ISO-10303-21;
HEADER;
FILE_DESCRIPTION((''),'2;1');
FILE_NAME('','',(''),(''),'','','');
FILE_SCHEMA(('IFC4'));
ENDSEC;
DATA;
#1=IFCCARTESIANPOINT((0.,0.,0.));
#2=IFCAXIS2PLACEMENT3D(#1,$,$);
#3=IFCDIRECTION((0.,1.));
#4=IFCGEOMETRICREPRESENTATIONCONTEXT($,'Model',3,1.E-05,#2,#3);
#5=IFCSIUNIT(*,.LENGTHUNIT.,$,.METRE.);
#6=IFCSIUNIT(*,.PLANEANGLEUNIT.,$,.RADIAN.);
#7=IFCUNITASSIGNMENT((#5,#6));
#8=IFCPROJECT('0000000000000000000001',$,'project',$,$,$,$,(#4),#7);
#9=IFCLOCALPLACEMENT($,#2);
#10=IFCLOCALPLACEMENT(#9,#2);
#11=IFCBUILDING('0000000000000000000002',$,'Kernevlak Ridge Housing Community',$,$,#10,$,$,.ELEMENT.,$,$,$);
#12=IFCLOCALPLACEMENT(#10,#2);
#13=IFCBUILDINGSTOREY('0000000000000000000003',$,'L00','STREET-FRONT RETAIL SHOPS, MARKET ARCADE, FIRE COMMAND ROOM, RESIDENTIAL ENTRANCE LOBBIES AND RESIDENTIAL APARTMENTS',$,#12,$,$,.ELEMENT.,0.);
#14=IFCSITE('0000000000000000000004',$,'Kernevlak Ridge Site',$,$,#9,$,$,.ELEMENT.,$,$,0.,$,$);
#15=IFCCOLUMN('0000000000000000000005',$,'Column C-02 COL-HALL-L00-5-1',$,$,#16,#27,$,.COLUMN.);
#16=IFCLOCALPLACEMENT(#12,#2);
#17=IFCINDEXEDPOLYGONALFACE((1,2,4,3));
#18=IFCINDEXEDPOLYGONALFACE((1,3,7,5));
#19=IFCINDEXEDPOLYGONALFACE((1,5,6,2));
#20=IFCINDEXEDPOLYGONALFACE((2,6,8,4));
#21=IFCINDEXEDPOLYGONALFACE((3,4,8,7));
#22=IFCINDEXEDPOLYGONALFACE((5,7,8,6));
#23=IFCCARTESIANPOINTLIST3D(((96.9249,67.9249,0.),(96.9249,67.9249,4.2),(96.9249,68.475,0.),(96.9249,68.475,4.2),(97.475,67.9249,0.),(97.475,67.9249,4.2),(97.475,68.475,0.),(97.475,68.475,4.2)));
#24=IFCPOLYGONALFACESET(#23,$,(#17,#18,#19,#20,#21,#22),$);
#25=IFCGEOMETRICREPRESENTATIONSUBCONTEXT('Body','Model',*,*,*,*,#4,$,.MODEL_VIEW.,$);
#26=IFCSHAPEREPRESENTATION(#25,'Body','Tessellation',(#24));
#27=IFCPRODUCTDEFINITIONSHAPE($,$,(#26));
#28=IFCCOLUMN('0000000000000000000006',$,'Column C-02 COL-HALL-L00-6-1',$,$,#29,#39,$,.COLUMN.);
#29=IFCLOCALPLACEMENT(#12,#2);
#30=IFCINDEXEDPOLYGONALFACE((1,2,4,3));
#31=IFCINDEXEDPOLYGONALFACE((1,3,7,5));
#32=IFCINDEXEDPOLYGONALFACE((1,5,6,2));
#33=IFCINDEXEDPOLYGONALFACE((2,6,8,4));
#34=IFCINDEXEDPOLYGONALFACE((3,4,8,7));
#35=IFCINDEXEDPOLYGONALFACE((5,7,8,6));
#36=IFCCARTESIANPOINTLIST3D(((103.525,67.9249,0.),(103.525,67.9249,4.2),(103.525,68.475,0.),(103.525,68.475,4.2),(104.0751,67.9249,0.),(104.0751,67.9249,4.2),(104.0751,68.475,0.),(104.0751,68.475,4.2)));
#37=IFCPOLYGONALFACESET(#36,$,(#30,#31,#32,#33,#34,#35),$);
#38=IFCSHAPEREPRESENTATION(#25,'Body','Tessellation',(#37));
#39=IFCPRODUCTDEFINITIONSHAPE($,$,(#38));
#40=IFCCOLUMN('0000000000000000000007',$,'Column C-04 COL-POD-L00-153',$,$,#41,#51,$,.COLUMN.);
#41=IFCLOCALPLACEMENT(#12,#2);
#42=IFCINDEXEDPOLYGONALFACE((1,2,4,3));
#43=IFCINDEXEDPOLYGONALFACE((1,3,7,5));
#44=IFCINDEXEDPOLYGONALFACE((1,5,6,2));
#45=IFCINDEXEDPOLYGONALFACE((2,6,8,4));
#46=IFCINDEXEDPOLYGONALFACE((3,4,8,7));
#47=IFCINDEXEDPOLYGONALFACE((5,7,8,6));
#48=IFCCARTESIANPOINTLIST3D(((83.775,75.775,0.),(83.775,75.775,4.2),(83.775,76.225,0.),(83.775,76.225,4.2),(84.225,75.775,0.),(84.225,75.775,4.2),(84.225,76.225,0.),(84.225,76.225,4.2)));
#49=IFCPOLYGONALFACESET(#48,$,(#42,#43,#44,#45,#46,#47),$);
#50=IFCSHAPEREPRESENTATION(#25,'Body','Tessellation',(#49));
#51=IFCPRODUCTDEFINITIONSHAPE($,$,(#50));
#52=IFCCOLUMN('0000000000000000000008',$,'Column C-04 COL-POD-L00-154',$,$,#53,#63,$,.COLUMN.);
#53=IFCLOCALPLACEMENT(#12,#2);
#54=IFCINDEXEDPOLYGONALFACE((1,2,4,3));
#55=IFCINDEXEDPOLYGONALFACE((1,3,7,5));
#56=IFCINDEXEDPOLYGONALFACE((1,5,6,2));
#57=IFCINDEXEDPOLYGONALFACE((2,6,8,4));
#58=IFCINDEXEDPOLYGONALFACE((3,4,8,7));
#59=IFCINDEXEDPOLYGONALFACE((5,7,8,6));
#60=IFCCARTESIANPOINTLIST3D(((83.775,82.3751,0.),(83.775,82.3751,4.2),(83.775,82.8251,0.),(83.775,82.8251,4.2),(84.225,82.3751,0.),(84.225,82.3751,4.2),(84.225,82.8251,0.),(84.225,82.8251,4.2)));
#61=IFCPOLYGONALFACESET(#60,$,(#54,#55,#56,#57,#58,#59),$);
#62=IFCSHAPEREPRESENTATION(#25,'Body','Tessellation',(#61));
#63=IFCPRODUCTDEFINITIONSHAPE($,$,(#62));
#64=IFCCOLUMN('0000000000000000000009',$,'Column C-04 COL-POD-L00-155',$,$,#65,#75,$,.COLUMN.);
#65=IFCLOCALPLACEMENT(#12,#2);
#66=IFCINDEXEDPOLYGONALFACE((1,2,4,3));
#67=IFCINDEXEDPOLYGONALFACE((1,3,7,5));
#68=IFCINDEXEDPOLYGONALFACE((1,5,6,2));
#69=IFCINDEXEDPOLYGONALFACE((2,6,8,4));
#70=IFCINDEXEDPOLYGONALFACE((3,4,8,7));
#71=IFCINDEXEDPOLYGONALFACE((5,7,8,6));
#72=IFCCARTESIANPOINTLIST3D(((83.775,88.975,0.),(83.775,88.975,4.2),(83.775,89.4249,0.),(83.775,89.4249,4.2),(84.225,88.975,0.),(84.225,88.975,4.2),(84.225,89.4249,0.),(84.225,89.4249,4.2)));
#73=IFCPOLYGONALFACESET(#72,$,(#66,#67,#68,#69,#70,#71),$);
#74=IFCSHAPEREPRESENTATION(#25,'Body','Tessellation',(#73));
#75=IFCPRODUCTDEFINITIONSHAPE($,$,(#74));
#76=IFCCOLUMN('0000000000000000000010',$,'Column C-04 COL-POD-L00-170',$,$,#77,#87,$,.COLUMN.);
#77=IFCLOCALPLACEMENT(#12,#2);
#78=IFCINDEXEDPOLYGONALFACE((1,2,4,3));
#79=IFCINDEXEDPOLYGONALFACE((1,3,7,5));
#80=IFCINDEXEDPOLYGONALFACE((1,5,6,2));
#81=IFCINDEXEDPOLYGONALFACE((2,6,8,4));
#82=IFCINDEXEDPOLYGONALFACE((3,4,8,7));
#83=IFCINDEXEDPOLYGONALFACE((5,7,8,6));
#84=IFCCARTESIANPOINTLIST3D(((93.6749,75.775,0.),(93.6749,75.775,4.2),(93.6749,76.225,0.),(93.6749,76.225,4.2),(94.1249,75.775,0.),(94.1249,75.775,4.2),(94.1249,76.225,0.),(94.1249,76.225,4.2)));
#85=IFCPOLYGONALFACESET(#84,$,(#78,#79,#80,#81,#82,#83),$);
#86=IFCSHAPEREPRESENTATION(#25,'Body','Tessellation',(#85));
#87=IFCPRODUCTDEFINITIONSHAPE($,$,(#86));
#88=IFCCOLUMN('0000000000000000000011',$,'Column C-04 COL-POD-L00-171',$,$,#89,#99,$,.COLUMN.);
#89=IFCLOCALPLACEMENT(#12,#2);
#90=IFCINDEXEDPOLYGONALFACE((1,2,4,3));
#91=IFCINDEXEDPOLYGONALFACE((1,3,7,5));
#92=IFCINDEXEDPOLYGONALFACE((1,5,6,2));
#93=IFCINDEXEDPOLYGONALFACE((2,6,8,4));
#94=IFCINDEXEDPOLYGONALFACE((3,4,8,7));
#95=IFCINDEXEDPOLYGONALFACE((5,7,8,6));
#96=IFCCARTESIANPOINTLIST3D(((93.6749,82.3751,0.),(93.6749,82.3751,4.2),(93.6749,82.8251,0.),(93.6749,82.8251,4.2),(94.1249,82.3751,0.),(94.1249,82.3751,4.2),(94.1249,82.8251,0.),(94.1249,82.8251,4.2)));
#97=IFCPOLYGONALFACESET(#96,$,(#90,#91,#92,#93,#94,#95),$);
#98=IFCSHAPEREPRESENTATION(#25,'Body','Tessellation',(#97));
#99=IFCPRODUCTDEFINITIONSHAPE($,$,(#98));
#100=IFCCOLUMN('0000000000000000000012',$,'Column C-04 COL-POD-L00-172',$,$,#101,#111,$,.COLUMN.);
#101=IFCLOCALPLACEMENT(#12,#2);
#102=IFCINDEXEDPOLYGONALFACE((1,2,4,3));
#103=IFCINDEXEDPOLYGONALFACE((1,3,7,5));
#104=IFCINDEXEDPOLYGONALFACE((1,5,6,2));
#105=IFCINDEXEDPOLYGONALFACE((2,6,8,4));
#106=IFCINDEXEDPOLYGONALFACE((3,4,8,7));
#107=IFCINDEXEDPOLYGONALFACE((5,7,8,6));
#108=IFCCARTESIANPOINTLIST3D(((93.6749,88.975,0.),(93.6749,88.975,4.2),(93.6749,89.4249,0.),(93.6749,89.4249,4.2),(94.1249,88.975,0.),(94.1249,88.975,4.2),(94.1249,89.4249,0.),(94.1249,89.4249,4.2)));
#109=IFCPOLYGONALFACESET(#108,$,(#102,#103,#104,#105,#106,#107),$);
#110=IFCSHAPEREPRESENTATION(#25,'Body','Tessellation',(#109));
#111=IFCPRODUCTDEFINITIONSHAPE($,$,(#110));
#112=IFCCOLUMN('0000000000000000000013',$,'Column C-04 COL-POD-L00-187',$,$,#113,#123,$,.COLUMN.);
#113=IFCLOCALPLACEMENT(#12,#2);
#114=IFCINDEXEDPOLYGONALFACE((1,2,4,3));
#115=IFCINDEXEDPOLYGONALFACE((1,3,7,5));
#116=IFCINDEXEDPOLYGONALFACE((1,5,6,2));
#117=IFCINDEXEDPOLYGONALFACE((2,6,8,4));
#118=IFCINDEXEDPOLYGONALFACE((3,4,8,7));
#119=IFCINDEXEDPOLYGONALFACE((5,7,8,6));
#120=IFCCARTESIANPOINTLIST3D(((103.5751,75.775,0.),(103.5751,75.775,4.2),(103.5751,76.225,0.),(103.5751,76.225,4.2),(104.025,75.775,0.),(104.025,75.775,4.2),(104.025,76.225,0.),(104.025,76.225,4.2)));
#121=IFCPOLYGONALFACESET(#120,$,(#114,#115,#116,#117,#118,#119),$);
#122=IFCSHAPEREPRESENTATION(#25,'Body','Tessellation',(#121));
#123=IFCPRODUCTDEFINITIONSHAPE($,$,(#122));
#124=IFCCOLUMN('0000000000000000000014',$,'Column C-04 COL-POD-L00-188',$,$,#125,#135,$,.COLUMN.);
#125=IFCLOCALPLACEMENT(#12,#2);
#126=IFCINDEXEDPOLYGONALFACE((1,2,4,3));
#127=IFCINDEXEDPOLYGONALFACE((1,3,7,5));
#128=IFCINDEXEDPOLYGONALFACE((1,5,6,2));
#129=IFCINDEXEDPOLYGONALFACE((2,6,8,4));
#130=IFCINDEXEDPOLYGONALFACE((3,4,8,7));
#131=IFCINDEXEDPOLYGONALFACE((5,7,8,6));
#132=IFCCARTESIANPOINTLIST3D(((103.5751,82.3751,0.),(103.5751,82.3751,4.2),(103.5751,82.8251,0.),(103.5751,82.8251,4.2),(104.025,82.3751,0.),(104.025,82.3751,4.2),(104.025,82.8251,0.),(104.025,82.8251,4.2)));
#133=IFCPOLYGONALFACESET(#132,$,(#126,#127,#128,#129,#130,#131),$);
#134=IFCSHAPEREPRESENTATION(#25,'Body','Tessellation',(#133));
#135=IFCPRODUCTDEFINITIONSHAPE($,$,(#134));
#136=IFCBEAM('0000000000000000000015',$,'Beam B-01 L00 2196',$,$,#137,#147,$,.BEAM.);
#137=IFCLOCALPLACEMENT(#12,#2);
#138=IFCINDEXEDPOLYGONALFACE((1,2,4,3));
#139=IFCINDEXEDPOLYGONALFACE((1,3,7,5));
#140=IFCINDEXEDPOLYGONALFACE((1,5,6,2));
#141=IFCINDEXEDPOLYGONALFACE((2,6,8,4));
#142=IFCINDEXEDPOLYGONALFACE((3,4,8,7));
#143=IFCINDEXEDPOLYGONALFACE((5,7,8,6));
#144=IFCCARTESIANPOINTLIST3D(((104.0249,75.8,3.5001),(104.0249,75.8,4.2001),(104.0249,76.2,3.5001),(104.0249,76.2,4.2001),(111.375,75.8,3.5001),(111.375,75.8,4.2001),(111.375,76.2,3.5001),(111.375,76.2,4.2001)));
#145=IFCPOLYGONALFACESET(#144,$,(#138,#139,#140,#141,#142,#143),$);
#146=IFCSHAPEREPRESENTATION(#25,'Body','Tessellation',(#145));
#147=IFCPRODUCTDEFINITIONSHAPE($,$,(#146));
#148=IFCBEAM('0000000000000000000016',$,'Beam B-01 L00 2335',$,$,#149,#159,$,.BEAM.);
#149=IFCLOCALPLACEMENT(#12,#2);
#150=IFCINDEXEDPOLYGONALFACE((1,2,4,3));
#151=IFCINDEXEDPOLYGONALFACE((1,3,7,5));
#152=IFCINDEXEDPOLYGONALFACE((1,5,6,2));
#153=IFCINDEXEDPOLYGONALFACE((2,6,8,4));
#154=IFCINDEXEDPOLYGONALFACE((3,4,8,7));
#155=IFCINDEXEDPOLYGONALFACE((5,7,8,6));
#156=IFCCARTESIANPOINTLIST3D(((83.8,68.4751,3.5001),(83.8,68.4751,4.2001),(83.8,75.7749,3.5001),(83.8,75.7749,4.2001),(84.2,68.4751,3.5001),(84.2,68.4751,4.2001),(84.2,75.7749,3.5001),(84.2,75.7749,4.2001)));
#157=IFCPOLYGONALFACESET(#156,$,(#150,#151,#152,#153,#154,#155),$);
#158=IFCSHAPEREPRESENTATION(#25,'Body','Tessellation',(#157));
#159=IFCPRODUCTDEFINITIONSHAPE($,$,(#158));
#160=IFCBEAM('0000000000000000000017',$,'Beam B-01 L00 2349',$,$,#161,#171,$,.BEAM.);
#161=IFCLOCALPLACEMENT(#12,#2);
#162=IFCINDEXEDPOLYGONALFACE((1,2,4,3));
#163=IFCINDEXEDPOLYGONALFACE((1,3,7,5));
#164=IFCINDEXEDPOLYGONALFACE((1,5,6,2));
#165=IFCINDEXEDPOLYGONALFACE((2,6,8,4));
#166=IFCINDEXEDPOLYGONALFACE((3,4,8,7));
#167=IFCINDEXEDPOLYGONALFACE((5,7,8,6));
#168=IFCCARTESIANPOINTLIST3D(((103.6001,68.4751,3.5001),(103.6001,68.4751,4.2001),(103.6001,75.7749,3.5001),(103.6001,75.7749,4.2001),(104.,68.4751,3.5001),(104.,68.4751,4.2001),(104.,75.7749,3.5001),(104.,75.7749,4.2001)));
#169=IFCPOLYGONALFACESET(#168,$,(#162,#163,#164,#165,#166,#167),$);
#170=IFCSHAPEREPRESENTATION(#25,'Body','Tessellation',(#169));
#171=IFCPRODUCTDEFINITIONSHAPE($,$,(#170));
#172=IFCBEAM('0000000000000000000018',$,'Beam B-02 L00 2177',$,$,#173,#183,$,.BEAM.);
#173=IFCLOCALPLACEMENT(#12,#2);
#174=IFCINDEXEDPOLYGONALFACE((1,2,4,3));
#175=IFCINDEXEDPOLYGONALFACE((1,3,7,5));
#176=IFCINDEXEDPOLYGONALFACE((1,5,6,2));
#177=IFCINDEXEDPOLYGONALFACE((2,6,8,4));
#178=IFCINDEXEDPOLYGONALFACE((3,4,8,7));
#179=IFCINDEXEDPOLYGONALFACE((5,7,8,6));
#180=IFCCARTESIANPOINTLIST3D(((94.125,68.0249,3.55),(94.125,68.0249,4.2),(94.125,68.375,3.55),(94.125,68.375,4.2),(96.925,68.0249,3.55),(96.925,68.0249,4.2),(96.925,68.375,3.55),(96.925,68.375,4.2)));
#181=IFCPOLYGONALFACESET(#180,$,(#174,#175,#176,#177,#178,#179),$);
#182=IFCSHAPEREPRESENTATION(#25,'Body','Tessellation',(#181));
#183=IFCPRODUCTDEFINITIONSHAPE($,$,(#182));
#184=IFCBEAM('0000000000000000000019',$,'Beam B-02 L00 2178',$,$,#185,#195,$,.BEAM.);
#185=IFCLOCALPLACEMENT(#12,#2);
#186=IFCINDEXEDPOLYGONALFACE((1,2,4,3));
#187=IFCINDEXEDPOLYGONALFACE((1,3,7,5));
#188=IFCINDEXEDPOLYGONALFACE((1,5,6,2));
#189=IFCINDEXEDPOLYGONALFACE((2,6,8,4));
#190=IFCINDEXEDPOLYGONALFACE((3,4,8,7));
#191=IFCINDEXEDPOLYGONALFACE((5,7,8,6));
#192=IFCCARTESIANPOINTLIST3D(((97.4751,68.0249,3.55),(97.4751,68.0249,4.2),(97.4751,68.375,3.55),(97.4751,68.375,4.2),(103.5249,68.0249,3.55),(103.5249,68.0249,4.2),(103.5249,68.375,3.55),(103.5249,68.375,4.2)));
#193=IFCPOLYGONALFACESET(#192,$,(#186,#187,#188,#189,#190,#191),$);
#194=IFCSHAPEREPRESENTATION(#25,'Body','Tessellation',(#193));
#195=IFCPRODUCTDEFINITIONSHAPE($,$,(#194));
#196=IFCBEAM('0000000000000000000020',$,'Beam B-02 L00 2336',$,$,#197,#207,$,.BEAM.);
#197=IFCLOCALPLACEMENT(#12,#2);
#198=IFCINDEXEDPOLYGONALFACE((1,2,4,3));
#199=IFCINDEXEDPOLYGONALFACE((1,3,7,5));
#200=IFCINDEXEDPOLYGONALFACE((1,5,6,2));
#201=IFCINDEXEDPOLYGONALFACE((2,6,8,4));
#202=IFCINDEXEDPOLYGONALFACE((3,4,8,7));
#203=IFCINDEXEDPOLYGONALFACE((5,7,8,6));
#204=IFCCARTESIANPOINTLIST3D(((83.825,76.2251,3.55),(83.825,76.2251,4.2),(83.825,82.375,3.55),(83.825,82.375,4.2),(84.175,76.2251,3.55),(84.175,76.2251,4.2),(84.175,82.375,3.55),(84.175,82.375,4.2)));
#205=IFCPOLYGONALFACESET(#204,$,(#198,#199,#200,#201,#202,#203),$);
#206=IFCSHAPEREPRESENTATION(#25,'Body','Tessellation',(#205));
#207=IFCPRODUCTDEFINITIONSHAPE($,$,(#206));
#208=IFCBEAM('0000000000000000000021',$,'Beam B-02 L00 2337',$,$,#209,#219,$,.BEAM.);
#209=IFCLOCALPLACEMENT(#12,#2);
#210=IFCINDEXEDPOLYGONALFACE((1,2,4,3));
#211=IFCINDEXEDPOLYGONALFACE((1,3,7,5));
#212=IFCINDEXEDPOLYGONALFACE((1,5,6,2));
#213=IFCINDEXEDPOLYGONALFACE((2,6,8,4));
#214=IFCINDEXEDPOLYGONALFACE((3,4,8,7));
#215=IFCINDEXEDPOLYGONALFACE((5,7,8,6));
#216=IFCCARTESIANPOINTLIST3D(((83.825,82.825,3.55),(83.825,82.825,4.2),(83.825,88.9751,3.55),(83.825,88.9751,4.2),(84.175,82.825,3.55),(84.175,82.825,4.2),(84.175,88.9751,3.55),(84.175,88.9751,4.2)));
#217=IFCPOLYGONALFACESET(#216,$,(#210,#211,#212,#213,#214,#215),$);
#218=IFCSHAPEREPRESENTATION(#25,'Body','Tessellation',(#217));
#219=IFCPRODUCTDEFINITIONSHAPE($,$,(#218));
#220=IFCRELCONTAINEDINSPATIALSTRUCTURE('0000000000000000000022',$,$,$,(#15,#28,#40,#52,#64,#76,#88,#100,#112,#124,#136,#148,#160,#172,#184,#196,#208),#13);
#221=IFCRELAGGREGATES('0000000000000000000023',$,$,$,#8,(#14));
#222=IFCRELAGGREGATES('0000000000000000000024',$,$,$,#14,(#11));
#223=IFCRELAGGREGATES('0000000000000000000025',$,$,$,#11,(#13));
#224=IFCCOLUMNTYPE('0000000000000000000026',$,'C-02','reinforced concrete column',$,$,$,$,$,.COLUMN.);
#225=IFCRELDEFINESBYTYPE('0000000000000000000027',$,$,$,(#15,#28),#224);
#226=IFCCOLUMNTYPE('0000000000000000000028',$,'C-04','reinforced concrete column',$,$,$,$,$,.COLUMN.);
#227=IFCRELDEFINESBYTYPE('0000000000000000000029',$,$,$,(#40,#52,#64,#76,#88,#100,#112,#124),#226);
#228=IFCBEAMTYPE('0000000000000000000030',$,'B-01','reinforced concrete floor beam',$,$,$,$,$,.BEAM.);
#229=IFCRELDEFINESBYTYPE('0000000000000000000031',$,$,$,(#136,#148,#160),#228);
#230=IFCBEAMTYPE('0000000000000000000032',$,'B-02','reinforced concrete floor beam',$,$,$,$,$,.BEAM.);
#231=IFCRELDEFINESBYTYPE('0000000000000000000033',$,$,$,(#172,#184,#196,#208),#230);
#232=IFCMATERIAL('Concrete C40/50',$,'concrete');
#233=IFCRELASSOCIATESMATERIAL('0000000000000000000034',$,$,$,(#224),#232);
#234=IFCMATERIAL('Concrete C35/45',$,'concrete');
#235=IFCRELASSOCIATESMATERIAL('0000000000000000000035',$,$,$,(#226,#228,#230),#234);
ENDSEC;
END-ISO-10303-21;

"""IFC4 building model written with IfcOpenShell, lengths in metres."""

from ifc_helpers import new_model, si_unit, direction, frame, origin, origin_2d, place, context, subcontext, project, spatial, rectangle, extrude, material, material_profile, profile_set, type_object, element, save


model = new_model("IFC4")

# Units and contexts
model_context = context("Model", 3, precision=1e-05, world=origin(), true_north=direction((0.0, 1.0)))
body_context = subcontext(model_context, "Body", "Model", "MODEL_VIEW")
ifc_project = project(units=[si_unit("LENGTHUNIT", "METRE"), si_unit("PLANEANGLEUNIT", "RADIAN")], contexts=[model_context])

# Site, building, storey
site_placement = place(None, origin())
site = spatial("IfcSite", under=ifc_project, at=site_placement, Name="Kernevlak Ridge Site", CompositionType="ELEMENT", RefElevation=0.0)
building_placement = place(site_placement, origin())
building = spatial("IfcBuilding", under=site, at=building_placement, Name="Kernevlak Ridge Housing Community", CompositionType="ELEMENT")
storey_placement = place(building_placement, origin())
storey = spatial("IfcBuildingStorey", under=building, at=storey_placement, Name="L00", Description="STREET-FRONT RETAIL SHOPS, MARKET ARCADE, FIRE COMMAND ROOM, RESIDENTIAL ENTRANCE LOBBIES AND RESIDENTIAL APARTMENTS", CompositionType="ELEMENT", Elevation=0.0)

# Columns
ifc_material_1 = material(Name="Concrete C40/50", Category="concrete")
ifc_material_profile_1 = material_profile(ifc_material_1, rectangle(XDim=0.55, YDim=0.55, at=origin_2d()), Name="RC 550x550")
ifc_profile_set_1 = profile_set([ifc_material_profile_1], Name="Concrete C40/50")
column_type_1 = type_object("IfcColumnType", Name="C-02", Description="reinforced concrete column", PredefinedType="COLUMN", material=ifc_profile_set_1)
for number, where, z_axis, x_axis, name in (
    (1, (97.2, 68.2, 0.0), (0.0, 0.0, 1.0), (1.0, 0.0, 0.0), "Column C-02 COL-HALL-L00-5-1"),
    (2, (103.8, 68.2, 0.0), (0.0, 0.0, 1.0), (1.0, 0.0, 0.0), "Column C-02 COL-HALL-L00-6-1"),
):
    element("IfcColumn", number, at=place(storey_placement, frame(where, z_axis=z_axis, x_axis=x_axis)), inside=storey, type_object=column_type_1, Name=name, PredefinedType="COLUMN", context=body_context, shape_type="SweptSolid", body=[
        extrude(rectangle(XDim=0.55, YDim=0.55, at=origin_2d()), origin(), (0.0, 0.0, 1.0), 4.2),
    ])
ifc_material_2 = material(Name="Concrete C35/45", Category="concrete")
ifc_material_profile_2 = material_profile(ifc_material_2, rectangle(XDim=0.45, YDim=0.45, at=origin_2d()), Name="RC 450x450")
ifc_profile_set_2 = profile_set([ifc_material_profile_2], Name="Concrete C35/45")
column_type_2 = type_object("IfcColumnType", Name="C-04", Description="reinforced concrete column", PredefinedType="COLUMN", material=ifc_profile_set_2)
for number, where, z_axis, x_axis, name in (
    (3, (84.0, 76.0, 0.0), (0.0, 0.0, 1.0), (1.0, 0.0, 0.0), "Column C-04 COL-POD-L00-153"),
    (4, (84.0, 82.6001, 0.0), (0.0, 0.0, 1.0), (1.0, 0.0, 0.0), "Column C-04 COL-POD-L00-154"),
    (5, (84.0, 89.2, 0.0), (0.0, 0.0, 1.0), (1.0, 0.0, 0.0), "Column C-04 COL-POD-L00-155"),
    (6, (93.8999, 76.0, 0.0), (0.0, 0.0, 1.0), (1.0, 0.0, 0.0), "Column C-04 COL-POD-L00-170"),
    (7, (93.8999, 82.6001, 0.0), (0.0, 0.0, 1.0), (1.0, 0.0, 0.0), "Column C-04 COL-POD-L00-171"),
    (8, (93.8999, 89.2, 0.0), (0.0, 0.0, 1.0), (1.0, 0.0, 0.0), "Column C-04 COL-POD-L00-172"),
    (9, (103.8, 76.0, 0.0), (0.0, 0.0, 1.0), (1.0, 0.0, 0.0), "Column C-04 COL-POD-L00-187"),
    (10, (103.8, 82.6001, 0.0), (0.0, 0.0, 1.0), (1.0, 0.0, 0.0), "Column C-04 COL-POD-L00-188"),
):
    element("IfcColumn", number, at=place(storey_placement, frame(where, z_axis=z_axis, x_axis=x_axis)), inside=storey, type_object=column_type_2, Name=name, PredefinedType="COLUMN", context=body_context, shape_type="SweptSolid", body=[
        extrude(rectangle(XDim=0.45, YDim=0.45, at=origin_2d()), origin(), (0.0, 0.0, 1.0), 4.2),
    ])

# Beams
ifc_material_profile_3 = material_profile(ifc_material_2, rectangle(XDim=0.3999, YDim=0.7, at=origin_2d()), Name="RC 400x700")
ifc_profile_set_3 = profile_set([ifc_material_profile_3], Name="Concrete C35/45")
beam_type_1 = type_object("IfcBeamType", Name="B-01", Description="reinforced concrete floor beam", PredefinedType="BEAM", material=ifc_profile_set_3)
beam_1_placement = place(storey_placement, frame((104.0249, 76.0, 3.8501), z_axis=(1.0, 0.0, 0.0), x_axis=(0.0, 1.0, 0.0)))
element("IfcBeam", 11, at=beam_1_placement, inside=storey, type_object=beam_type_1, Name="Beam B-01 L00 2196", PredefinedType="BEAM", context=body_context, shape_type="SweptSolid", body=[
    extrude(rectangle(XDim=0.3999, YDim=0.7, at=origin_2d()), origin(), (0.0, 0.0, 1.0), 7.3501),
])
for number, where, z_axis, x_axis, name in (
    (12, (84.0, 68.4751, 3.8501), (0.0, 1.0, 0.0), (-1.0, 0.0, 0.0), "Beam B-01 L00 2335"),
    (13, (103.8, 68.4751, 3.8501), (0.0, 1.0, 0.0), (-1.0, 0.0, 0.0), "Beam B-01 L00 2349"),
):
    element("IfcBeam", number, at=place(storey_placement, frame(where, z_axis=z_axis, x_axis=x_axis)), inside=storey, type_object=beam_type_1, Name=name, PredefinedType="BEAM", context=body_context, shape_type="SweptSolid", body=[
        extrude(rectangle(XDim=0.3999, YDim=0.7, at=origin_2d()), origin(), (0.0, 0.0, 1.0), 7.2998),
    ])
ifc_material_profile_4 = material_profile(ifc_material_2, rectangle(XDim=0.3501, YDim=0.6499, at=origin_2d()), Name="RC 350x650")
ifc_profile_set_4 = profile_set([ifc_material_profile_4], Name="Concrete C35/45")
beam_type_2 = type_object("IfcBeamType", Name="B-02", Description="reinforced concrete floor beam", PredefinedType="BEAM", material=ifc_profile_set_4)
beam_2_placement = place(storey_placement, frame((94.125, 68.2, 3.875), z_axis=(1.0, 0.0, 0.0), x_axis=(0.0, 1.0, 0.0)))
element("IfcBeam", 14, at=beam_2_placement, inside=storey, type_object=beam_type_2, Name="Beam B-02 L00 2177", PredefinedType="BEAM", context=body_context, shape_type="SweptSolid", body=[
    extrude(rectangle(XDim=0.3501, YDim=0.6499, at=origin_2d()), origin(), (0.0, 0.0, 1.0), 2.8),
])
beam_3_placement = place(storey_placement, frame((97.4751, 68.2, 3.875), z_axis=(1.0, 0.0, 0.0), x_axis=(0.0, 1.0, 0.0)))
element("IfcBeam", 15, at=beam_3_placement, inside=storey, type_object=beam_type_2, Name="Beam B-02 L00 2178", PredefinedType="BEAM", context=body_context, shape_type="SweptSolid", body=[
    extrude(rectangle(XDim=0.3501, YDim=0.6499, at=origin_2d()), origin(), (0.0, 0.0, 1.0), 6.0498),
])
beam_4_placement = place(storey_placement, frame((84.0, 76.2251, 3.875), z_axis=(0.0, 1.0, 0.0), x_axis=(-1.0, 0.0, 0.0)))
element("IfcBeam", 16, at=beam_4_placement, inside=storey, type_object=beam_type_2, Name="Beam B-02 L00 2336", PredefinedType="BEAM", context=body_context, shape_type="SweptSolid", body=[
    extrude(rectangle(XDim=0.3501, YDim=0.6499, at=origin_2d()), origin(), (0.0, 0.0, 1.0), 6.1499),
])
beam_5_placement = place(storey_placement, frame((84.0, 82.825, 3.875), z_axis=(0.0, 1.0, 0.0), x_axis=(-1.0, 0.0, 0.0)))
element("IfcBeam", 17, at=beam_5_placement, inside=storey, type_object=beam_type_2, Name="Beam B-02 L00 2337", PredefinedType="BEAM", context=body_context, shape_type="SweptSolid", body=[
    extrude(rectangle(XDim=0.3501, YDim=0.6499, at=origin_2d()), origin(), (0.0, 0.0, 1.0), 6.1501),
])

save(model, "model.ifc")
